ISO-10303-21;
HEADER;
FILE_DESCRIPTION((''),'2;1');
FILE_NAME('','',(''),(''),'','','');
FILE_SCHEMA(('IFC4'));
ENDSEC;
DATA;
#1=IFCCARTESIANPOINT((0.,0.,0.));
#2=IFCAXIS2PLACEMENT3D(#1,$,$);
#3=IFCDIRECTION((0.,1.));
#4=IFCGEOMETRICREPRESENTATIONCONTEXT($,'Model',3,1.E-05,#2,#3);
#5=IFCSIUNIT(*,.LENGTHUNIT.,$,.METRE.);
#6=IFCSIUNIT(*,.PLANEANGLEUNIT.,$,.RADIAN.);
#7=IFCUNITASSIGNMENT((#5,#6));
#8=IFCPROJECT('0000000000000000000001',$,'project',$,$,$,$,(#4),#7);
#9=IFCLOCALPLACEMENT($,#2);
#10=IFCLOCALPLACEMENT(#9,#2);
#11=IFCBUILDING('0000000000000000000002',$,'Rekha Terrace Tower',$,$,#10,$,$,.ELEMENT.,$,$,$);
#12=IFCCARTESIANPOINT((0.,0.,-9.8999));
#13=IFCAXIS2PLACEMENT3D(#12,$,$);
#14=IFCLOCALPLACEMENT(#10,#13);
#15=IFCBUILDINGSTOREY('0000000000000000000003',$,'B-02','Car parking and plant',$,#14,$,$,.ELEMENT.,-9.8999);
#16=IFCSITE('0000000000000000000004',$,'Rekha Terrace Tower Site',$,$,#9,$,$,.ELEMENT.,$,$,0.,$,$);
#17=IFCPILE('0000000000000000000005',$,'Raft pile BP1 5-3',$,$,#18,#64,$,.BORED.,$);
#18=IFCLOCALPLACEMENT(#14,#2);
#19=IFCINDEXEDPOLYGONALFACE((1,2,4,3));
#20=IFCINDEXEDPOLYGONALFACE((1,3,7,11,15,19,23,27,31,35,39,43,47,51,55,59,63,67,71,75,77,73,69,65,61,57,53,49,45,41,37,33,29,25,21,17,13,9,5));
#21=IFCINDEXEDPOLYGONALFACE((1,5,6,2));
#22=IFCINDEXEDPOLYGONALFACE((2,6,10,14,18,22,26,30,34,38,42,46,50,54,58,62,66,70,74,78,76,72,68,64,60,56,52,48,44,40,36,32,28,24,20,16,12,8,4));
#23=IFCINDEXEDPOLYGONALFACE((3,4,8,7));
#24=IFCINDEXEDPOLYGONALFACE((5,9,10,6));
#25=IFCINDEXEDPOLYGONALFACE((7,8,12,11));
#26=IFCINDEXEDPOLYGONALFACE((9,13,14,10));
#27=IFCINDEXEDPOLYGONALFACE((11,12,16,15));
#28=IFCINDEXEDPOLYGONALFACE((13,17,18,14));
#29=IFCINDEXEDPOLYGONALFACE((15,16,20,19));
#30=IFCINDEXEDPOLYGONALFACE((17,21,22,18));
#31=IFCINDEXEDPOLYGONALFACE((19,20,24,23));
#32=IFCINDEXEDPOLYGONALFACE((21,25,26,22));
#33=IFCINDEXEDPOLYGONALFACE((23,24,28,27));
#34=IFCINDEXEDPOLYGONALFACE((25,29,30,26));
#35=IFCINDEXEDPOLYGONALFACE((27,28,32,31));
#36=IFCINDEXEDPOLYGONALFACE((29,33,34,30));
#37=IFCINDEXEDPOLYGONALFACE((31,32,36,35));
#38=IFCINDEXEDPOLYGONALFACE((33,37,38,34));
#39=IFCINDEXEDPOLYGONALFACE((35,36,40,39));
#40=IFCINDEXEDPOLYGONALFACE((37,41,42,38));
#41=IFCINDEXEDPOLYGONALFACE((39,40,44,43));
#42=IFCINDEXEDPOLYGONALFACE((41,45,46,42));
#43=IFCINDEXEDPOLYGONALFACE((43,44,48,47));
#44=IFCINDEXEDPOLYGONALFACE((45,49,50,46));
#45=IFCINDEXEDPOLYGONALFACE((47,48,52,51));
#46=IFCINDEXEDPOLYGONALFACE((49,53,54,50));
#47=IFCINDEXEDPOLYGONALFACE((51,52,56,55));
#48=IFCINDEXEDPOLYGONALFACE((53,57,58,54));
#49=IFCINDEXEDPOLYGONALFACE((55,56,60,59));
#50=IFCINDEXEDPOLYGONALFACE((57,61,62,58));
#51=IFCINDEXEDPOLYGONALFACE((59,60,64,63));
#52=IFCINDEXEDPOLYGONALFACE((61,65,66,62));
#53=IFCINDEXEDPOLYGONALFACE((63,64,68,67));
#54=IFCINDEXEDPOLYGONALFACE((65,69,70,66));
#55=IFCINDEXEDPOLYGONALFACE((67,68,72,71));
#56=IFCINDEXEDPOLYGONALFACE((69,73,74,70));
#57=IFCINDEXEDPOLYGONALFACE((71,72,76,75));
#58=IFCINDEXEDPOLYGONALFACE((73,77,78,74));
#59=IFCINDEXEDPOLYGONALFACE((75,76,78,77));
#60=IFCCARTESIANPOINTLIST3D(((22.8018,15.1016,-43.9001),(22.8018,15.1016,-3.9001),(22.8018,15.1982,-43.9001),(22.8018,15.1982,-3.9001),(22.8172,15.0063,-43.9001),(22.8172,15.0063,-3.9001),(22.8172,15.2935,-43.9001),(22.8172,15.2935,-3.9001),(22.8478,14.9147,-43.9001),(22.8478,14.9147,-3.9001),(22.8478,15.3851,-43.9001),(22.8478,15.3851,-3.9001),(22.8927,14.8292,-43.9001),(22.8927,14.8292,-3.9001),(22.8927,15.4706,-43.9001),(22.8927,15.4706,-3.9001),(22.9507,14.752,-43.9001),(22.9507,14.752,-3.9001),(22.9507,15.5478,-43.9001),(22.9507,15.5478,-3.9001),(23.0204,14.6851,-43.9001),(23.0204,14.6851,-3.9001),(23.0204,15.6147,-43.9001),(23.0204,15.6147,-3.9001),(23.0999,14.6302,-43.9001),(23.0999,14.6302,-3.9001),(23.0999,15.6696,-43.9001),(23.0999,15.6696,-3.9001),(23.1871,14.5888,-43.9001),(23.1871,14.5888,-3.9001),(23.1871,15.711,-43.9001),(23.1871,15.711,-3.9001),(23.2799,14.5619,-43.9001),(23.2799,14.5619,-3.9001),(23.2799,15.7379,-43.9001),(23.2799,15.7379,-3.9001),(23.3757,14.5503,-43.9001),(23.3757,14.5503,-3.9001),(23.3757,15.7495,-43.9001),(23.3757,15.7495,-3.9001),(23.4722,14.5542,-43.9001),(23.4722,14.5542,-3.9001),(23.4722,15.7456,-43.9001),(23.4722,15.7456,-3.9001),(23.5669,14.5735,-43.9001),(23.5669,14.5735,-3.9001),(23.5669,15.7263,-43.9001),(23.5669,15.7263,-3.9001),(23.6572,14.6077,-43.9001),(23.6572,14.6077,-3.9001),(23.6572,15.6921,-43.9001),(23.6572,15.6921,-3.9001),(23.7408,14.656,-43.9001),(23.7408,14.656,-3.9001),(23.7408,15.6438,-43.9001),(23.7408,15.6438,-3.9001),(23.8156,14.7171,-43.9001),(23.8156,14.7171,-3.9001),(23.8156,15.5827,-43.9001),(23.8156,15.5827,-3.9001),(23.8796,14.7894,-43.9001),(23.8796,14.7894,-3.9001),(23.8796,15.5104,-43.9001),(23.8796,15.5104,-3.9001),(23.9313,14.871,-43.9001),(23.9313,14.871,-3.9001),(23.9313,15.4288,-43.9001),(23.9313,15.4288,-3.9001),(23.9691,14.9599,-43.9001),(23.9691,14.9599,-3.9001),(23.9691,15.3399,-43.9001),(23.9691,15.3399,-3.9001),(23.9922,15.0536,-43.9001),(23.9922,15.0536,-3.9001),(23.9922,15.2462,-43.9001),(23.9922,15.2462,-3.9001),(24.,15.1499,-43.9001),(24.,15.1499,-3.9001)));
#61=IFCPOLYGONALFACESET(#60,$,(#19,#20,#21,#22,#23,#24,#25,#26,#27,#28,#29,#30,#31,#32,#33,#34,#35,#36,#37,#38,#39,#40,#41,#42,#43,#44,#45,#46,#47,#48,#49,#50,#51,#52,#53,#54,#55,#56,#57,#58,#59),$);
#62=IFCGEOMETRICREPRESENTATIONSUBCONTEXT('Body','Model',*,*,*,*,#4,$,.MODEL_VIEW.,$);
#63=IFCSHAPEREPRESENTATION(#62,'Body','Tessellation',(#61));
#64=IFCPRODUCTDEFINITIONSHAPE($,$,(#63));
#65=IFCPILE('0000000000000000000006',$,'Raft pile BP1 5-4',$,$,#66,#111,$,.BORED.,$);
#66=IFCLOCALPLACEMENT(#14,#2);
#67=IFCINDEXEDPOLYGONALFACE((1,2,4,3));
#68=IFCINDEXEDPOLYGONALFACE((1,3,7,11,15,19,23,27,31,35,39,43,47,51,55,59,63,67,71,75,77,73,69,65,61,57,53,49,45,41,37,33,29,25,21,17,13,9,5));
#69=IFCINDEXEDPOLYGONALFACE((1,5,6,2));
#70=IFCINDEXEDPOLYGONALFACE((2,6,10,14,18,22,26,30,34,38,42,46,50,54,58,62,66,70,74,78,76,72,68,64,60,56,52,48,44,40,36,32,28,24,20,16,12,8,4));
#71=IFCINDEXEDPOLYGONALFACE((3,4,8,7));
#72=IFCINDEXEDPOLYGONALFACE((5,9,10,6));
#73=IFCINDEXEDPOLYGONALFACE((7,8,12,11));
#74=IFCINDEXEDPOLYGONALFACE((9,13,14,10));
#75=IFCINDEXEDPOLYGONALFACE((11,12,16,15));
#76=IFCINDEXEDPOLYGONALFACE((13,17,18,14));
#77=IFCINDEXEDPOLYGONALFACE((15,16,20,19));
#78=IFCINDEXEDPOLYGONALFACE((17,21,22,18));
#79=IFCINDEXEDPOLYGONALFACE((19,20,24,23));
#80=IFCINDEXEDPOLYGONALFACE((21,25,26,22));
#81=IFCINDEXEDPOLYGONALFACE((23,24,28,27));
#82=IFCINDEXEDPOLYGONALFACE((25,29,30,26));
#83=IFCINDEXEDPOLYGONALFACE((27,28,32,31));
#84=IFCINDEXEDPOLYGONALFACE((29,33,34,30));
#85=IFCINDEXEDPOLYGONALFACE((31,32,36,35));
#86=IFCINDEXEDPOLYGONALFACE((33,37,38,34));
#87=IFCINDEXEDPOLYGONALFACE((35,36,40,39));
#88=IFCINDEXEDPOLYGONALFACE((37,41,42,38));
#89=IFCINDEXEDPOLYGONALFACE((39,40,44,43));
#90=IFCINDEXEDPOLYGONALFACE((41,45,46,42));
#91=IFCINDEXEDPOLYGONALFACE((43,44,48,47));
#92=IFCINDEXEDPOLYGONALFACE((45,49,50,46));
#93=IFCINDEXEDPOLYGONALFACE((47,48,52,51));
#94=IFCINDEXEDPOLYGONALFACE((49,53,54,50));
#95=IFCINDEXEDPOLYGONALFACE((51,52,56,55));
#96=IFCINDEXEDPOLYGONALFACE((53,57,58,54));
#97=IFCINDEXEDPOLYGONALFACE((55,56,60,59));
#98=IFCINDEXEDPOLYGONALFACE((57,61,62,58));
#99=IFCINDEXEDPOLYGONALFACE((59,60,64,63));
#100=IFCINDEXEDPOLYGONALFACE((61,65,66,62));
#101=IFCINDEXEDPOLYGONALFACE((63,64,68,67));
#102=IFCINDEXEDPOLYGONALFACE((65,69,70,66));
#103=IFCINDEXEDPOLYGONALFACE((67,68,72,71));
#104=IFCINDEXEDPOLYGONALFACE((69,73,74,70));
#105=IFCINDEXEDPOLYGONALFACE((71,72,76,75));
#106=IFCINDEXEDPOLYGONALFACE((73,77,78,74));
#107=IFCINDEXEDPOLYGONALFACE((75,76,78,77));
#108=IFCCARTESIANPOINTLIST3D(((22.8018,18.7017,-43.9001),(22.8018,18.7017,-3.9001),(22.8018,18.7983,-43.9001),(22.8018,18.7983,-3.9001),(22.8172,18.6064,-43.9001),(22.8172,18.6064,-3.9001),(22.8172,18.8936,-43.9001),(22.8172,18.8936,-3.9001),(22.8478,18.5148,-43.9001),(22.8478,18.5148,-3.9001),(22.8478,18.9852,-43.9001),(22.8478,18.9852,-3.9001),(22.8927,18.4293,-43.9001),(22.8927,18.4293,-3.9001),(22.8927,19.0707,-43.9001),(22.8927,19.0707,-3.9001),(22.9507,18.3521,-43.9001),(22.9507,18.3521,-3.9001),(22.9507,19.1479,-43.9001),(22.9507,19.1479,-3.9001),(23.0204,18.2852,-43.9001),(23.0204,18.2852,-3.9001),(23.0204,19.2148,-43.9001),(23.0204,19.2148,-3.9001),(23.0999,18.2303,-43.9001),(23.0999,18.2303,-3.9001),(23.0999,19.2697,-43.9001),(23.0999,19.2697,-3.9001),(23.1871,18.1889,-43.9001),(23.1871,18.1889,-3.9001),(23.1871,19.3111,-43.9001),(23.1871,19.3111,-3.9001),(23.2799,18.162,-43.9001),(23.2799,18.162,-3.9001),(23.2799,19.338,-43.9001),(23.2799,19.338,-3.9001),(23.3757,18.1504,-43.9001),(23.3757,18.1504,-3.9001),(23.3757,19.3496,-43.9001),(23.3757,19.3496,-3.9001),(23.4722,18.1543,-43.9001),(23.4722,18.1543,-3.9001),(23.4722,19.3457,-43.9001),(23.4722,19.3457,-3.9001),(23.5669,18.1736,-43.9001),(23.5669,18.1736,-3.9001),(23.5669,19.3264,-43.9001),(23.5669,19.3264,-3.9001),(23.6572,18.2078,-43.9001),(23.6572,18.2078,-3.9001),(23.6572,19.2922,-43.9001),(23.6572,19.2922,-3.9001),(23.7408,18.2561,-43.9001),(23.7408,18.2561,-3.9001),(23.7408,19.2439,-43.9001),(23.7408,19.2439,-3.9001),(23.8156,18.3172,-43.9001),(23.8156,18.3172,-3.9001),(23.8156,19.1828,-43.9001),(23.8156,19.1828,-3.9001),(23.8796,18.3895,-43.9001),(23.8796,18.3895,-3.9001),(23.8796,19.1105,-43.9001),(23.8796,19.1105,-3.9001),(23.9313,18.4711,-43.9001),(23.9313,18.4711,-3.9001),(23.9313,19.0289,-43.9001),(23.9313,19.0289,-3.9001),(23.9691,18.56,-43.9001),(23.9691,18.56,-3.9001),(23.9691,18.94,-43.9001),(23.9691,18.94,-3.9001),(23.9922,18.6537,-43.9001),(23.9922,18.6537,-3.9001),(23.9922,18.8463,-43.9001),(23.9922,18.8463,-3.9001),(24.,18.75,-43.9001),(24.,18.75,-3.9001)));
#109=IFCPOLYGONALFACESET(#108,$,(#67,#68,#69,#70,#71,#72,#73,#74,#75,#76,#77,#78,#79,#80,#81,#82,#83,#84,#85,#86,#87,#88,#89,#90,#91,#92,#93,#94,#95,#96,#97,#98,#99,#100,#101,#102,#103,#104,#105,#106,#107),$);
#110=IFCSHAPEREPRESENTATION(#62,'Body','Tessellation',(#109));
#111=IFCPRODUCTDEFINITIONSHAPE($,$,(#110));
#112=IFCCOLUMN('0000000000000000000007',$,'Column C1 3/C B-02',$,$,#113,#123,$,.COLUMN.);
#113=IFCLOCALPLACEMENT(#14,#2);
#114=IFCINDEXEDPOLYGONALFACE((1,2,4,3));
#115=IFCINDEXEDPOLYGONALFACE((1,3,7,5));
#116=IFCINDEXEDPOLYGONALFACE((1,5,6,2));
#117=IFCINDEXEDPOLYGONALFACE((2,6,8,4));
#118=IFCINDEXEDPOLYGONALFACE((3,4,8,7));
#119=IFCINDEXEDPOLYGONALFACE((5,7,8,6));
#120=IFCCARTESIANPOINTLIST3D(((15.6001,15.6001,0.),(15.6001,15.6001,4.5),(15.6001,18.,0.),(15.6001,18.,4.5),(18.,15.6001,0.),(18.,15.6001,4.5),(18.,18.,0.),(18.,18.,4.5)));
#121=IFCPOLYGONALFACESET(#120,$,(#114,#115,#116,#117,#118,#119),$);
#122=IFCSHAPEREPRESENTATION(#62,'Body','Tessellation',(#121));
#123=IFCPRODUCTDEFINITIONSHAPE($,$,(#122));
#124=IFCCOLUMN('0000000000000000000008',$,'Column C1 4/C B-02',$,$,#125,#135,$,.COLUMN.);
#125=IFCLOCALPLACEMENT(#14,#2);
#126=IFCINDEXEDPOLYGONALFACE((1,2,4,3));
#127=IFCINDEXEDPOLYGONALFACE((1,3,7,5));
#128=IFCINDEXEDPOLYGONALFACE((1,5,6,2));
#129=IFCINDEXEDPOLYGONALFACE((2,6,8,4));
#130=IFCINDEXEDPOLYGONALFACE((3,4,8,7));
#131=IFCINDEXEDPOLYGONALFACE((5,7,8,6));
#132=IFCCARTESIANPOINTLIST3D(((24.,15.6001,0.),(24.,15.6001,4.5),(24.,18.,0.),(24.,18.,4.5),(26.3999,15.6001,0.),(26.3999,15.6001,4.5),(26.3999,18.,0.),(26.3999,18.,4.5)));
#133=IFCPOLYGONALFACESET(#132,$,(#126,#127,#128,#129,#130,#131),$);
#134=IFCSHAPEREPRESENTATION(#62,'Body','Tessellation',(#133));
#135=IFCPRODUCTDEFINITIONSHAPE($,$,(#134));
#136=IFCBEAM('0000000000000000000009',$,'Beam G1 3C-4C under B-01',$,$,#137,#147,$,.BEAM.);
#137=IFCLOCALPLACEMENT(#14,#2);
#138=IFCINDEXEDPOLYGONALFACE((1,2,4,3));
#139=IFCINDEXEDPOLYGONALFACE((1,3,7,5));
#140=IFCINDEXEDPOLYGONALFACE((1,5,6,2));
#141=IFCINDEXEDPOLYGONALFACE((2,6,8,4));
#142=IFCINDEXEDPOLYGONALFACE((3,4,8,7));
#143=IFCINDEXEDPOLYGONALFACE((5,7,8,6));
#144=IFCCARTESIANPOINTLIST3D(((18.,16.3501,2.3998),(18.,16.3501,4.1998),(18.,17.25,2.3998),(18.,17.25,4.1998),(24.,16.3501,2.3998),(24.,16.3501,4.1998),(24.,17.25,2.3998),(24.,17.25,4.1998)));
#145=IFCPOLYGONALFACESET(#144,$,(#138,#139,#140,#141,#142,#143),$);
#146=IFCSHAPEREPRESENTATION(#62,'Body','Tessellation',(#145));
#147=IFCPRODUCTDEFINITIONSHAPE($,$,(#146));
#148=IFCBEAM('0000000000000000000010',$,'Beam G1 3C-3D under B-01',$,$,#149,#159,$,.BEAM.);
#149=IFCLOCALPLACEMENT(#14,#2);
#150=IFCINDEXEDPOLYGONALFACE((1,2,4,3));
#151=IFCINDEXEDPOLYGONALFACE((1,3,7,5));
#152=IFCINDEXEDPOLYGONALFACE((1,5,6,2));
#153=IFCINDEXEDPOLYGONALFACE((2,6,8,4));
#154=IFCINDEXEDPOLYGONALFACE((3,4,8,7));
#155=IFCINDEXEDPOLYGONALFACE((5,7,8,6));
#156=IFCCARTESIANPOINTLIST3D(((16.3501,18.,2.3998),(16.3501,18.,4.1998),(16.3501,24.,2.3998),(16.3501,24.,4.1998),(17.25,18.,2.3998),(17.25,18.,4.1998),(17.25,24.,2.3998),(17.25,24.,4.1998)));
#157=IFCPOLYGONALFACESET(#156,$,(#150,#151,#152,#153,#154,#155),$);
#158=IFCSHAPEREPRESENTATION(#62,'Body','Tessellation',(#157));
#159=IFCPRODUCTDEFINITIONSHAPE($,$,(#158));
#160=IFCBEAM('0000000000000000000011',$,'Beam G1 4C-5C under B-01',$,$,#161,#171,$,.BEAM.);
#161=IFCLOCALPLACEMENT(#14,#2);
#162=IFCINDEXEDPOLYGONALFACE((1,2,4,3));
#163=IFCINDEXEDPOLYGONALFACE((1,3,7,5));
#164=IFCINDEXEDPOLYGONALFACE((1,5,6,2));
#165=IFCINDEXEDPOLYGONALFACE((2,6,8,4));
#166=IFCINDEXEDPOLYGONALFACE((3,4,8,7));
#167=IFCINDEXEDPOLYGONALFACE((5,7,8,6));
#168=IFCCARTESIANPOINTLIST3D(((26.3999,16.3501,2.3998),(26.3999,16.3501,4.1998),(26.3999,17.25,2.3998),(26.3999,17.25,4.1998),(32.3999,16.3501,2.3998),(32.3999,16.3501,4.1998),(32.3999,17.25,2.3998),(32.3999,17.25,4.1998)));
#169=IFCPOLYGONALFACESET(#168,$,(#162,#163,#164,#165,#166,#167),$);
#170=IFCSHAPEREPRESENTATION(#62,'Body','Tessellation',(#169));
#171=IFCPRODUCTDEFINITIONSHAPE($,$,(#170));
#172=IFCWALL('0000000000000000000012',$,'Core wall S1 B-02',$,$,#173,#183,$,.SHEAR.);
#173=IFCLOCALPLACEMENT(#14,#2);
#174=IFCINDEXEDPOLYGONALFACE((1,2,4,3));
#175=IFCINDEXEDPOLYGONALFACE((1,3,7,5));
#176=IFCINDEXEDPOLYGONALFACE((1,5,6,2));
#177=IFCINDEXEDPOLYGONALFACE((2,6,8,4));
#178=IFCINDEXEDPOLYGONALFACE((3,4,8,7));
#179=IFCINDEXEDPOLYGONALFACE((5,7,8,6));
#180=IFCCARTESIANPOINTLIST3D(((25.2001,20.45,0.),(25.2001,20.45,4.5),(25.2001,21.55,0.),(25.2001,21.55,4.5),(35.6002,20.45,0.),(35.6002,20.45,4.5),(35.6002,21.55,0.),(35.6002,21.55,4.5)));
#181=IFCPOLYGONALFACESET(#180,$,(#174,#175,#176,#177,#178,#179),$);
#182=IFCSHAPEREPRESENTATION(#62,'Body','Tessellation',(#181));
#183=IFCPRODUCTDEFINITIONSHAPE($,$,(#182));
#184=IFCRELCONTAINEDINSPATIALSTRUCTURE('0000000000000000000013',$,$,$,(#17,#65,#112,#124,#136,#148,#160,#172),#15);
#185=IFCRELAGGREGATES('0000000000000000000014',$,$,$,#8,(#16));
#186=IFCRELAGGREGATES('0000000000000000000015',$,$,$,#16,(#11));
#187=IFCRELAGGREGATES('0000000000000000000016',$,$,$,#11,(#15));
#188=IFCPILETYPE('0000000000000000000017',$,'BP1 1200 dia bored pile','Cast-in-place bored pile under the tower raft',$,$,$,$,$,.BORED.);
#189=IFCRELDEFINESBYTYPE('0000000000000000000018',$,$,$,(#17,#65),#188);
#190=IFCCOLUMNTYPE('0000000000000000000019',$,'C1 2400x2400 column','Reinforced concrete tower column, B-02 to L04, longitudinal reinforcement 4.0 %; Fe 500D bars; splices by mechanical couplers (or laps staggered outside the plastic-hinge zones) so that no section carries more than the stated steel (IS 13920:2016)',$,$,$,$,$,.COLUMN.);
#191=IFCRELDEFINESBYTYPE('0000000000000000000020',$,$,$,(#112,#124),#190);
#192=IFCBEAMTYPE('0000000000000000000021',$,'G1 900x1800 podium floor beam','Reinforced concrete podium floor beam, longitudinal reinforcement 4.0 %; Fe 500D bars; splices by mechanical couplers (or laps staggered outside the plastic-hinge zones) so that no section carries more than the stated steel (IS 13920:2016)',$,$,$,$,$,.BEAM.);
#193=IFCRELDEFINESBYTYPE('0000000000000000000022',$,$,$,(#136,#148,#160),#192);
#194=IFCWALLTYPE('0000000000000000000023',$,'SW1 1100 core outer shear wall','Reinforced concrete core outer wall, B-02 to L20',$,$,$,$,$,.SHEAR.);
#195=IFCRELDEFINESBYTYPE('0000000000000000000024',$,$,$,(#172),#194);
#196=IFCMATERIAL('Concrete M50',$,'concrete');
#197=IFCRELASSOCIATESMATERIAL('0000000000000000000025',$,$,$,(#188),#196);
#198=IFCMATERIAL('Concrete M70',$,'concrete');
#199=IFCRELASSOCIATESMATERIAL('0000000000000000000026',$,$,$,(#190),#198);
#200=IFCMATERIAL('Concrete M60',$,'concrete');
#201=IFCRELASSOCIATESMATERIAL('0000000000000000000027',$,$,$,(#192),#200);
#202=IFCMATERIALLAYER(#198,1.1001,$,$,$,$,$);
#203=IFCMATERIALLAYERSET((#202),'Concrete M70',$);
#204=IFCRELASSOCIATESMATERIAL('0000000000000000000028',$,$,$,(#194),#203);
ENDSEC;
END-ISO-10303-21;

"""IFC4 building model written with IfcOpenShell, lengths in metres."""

from ifc_helpers import new_model, si_unit, direction, frame, frame_2d, origin, origin_2d, place, context, subcontext, project, spatial, rectangle, circle, extrude, material, layer, layer_set, material_profile, profile_set, type_object, element, save


model = new_model("IFC4")

# Units and contexts
model_context = context("Model", 3, precision=1e-05, world=origin(), true_north=direction((0.0, 1.0)))
body_context = subcontext(model_context, "Body", "Model", "MODEL_VIEW")
ifc_project = project(units=[si_unit("LENGTHUNIT", "METRE"), si_unit("PLANEANGLEUNIT", "RADIAN")], contexts=[model_context])

# Site, building, storey
site_placement = place(None, origin())
site = spatial("IfcSite", under=ifc_project, at=site_placement, Name="Rekha Terrace Tower Site", CompositionType="ELEMENT", RefElevation=0.0)
building_placement = place(site_placement, origin())
building = spatial("IfcBuilding", under=site, at=building_placement, Name="Rekha Terrace Tower", CompositionType="ELEMENT")
storey_placement = place(building_placement, frame((0.0, 0.0, -9.8999)))
storey = spatial("IfcBuildingStorey", under=building, at=storey_placement, Name="B-02", Description="Car parking and plant", CompositionType="ELEMENT", Elevation=-9.8999)

# Piles
ifc_material_1 = material(Name="Concrete M50", Category="concrete")
pile_type = type_object("IfcPileType", Name="BP1 1200 dia bored pile", Description="Cast-in-place bored pile under the tower raft", PredefinedType="BORED", material=ifc_material_1)
for number, where, z_axis, x_axis, name in (
    (1, (23.3999, 15.1499, -3.9001), (0.0, 0.0, -1.0), (1.0, 0.0, 0.0), "Raft pile BP1 5-3"),
    (2, (23.3999, 18.75, -3.9001), (0.0, 0.0, -1.0), (1.0, 0.0, 0.0), "Raft pile BP1 5-4"),
):
    element("IfcPile", number, at=place(storey_placement, frame(where, z_axis=z_axis, x_axis=x_axis)), inside=storey, type_object=pile_type, Name=name, PredefinedType="BORED", context=body_context, shape_type="SweptSolid", body=[
        extrude(circle(Radius=0.6001, at=origin_2d()), origin(), (0.0, 0.0, 1.0), 40.0),
    ])

# Columns
ifc_material_2 = material(Name="Concrete M70", Category="concrete")
ifc_material_profile_1 = material_profile(ifc_material_2, rectangle(XDim=2.3999, YDim=2.3999, at=origin_2d()), Name="RC 2400x2400")
ifc_profile_set_1 = profile_set([ifc_material_profile_1], Name="Concrete M70")
column_type = type_object("IfcColumnType", Name="C1 2400x2400 column", Description="Reinforced concrete tower column, B-02 to L04, longitudinal reinforcement 4.0 %; Fe 500D bars; splices by mechanical couplers (or laps staggered outside the plastic-hinge zones) so that no section carries more than the stated steel (IS 13920:2016)", PredefinedType="COLUMN", material=ifc_profile_set_1)
for number, where, z_axis, x_axis, name in (
    (3, (16.8, 16.8, 0.0), (0.0, 0.0, 1.0), (1.0, 0.0, 0.0), "Column C1 3/C B-02"),
    (4, (25.2, 16.8, 0.0), (0.0, 0.0, 1.0), (1.0, 0.0, 0.0), "Column C1 4/C B-02"),
):
    element("IfcColumn", number, at=place(storey_placement, frame(where, z_axis=z_axis, x_axis=x_axis)), inside=storey, type_object=column_type, Name=name, PredefinedType="COLUMN", context=body_context, shape_type="SweptSolid", body=[
        extrude(rectangle(XDim=2.3999, YDim=2.3999, at=origin_2d()), origin(), (0.0, 0.0, 1.0), 4.5),
    ])

# Beams
ifc_material_3 = material(Name="Concrete M60", Category="concrete")
ifc_material_profile_2 = material_profile(ifc_material_3, rectangle(XDim=0.8999, YDim=1.8, at=origin_2d()), Name="RC 900x1800")
ifc_profile_set_2 = profile_set([ifc_material_profile_2], Name="Concrete M60")
beam_type = type_object("IfcBeamType", Name="G1 900x1800 podium floor beam", Description="Reinforced concrete podium floor beam, longitudinal reinforcement 4.0 %; Fe 500D bars; splices by mechanical couplers (or laps staggered outside the plastic-hinge zones) so that no section carries more than the stated steel (IS 13920:2016)", PredefinedType="BEAM", material=ifc_profile_set_2)
for number, where, z_axis, x_axis, name in (
    (5, (18.0, 16.8, 3.2998), (1.0, 0.0, 0.0), (0.0, 1.0, 0.0), "Beam G1 3C-4C under B-01"),
    (6, (16.8, 18.0, 3.2998), (0.0, 1.0, 0.0), (-1.0, 0.0, 0.0), "Beam G1 3C-3D under B-01"),
    (7, (26.3999, 16.8, 3.2998), (1.0, 0.0, 0.0), (0.0, 1.0, 0.0), "Beam G1 4C-5C under B-01"),
):
    element("IfcBeam", number, at=place(storey_placement, frame(where, z_axis=z_axis, x_axis=x_axis)), inside=storey, type_object=beam_type, Name=name, PredefinedType="BEAM", context=body_context, shape_type="SweptSolid", body=[
        extrude(rectangle(XDim=0.8999, YDim=1.8, at=origin_2d()), origin(), (0.0, 0.0, 1.0), 6.0),
    ])

# Wall
ifc_layer_1 = layer(ifc_material_2, 1.1001)
ifc_layer_set_1 = layer_set([ifc_layer_1], Name="Concrete M70")
wall_type_1 = type_object("IfcWallType", Name="SW1 1100 core outer shear wall", Description="Reinforced concrete core outer wall, B-02 to L20", PredefinedType="SHEAR", material=ifc_layer_set_1)
wall_1_placement = place(storey_placement, frame((25.2, 21.0, 0.0), z_axis=(0.0, 0.0, 1.0), x_axis=(1.0, 0.0, 0.0)))
element("IfcWall", 8, at=wall_1_placement, inside=storey, type_object=wall_type_1, Name="Core wall S1 B-02", PredefinedType="SHEAR", context=body_context, shape_type="SweptSolid", body=[
    extrude(rectangle(XDim=10.4001, YDim=1.1001, at=frame_2d((5.2002, 0.0))), origin(), (0.0, 0.0, 1.0), 4.5),
])

save(model, "model.ifc")
